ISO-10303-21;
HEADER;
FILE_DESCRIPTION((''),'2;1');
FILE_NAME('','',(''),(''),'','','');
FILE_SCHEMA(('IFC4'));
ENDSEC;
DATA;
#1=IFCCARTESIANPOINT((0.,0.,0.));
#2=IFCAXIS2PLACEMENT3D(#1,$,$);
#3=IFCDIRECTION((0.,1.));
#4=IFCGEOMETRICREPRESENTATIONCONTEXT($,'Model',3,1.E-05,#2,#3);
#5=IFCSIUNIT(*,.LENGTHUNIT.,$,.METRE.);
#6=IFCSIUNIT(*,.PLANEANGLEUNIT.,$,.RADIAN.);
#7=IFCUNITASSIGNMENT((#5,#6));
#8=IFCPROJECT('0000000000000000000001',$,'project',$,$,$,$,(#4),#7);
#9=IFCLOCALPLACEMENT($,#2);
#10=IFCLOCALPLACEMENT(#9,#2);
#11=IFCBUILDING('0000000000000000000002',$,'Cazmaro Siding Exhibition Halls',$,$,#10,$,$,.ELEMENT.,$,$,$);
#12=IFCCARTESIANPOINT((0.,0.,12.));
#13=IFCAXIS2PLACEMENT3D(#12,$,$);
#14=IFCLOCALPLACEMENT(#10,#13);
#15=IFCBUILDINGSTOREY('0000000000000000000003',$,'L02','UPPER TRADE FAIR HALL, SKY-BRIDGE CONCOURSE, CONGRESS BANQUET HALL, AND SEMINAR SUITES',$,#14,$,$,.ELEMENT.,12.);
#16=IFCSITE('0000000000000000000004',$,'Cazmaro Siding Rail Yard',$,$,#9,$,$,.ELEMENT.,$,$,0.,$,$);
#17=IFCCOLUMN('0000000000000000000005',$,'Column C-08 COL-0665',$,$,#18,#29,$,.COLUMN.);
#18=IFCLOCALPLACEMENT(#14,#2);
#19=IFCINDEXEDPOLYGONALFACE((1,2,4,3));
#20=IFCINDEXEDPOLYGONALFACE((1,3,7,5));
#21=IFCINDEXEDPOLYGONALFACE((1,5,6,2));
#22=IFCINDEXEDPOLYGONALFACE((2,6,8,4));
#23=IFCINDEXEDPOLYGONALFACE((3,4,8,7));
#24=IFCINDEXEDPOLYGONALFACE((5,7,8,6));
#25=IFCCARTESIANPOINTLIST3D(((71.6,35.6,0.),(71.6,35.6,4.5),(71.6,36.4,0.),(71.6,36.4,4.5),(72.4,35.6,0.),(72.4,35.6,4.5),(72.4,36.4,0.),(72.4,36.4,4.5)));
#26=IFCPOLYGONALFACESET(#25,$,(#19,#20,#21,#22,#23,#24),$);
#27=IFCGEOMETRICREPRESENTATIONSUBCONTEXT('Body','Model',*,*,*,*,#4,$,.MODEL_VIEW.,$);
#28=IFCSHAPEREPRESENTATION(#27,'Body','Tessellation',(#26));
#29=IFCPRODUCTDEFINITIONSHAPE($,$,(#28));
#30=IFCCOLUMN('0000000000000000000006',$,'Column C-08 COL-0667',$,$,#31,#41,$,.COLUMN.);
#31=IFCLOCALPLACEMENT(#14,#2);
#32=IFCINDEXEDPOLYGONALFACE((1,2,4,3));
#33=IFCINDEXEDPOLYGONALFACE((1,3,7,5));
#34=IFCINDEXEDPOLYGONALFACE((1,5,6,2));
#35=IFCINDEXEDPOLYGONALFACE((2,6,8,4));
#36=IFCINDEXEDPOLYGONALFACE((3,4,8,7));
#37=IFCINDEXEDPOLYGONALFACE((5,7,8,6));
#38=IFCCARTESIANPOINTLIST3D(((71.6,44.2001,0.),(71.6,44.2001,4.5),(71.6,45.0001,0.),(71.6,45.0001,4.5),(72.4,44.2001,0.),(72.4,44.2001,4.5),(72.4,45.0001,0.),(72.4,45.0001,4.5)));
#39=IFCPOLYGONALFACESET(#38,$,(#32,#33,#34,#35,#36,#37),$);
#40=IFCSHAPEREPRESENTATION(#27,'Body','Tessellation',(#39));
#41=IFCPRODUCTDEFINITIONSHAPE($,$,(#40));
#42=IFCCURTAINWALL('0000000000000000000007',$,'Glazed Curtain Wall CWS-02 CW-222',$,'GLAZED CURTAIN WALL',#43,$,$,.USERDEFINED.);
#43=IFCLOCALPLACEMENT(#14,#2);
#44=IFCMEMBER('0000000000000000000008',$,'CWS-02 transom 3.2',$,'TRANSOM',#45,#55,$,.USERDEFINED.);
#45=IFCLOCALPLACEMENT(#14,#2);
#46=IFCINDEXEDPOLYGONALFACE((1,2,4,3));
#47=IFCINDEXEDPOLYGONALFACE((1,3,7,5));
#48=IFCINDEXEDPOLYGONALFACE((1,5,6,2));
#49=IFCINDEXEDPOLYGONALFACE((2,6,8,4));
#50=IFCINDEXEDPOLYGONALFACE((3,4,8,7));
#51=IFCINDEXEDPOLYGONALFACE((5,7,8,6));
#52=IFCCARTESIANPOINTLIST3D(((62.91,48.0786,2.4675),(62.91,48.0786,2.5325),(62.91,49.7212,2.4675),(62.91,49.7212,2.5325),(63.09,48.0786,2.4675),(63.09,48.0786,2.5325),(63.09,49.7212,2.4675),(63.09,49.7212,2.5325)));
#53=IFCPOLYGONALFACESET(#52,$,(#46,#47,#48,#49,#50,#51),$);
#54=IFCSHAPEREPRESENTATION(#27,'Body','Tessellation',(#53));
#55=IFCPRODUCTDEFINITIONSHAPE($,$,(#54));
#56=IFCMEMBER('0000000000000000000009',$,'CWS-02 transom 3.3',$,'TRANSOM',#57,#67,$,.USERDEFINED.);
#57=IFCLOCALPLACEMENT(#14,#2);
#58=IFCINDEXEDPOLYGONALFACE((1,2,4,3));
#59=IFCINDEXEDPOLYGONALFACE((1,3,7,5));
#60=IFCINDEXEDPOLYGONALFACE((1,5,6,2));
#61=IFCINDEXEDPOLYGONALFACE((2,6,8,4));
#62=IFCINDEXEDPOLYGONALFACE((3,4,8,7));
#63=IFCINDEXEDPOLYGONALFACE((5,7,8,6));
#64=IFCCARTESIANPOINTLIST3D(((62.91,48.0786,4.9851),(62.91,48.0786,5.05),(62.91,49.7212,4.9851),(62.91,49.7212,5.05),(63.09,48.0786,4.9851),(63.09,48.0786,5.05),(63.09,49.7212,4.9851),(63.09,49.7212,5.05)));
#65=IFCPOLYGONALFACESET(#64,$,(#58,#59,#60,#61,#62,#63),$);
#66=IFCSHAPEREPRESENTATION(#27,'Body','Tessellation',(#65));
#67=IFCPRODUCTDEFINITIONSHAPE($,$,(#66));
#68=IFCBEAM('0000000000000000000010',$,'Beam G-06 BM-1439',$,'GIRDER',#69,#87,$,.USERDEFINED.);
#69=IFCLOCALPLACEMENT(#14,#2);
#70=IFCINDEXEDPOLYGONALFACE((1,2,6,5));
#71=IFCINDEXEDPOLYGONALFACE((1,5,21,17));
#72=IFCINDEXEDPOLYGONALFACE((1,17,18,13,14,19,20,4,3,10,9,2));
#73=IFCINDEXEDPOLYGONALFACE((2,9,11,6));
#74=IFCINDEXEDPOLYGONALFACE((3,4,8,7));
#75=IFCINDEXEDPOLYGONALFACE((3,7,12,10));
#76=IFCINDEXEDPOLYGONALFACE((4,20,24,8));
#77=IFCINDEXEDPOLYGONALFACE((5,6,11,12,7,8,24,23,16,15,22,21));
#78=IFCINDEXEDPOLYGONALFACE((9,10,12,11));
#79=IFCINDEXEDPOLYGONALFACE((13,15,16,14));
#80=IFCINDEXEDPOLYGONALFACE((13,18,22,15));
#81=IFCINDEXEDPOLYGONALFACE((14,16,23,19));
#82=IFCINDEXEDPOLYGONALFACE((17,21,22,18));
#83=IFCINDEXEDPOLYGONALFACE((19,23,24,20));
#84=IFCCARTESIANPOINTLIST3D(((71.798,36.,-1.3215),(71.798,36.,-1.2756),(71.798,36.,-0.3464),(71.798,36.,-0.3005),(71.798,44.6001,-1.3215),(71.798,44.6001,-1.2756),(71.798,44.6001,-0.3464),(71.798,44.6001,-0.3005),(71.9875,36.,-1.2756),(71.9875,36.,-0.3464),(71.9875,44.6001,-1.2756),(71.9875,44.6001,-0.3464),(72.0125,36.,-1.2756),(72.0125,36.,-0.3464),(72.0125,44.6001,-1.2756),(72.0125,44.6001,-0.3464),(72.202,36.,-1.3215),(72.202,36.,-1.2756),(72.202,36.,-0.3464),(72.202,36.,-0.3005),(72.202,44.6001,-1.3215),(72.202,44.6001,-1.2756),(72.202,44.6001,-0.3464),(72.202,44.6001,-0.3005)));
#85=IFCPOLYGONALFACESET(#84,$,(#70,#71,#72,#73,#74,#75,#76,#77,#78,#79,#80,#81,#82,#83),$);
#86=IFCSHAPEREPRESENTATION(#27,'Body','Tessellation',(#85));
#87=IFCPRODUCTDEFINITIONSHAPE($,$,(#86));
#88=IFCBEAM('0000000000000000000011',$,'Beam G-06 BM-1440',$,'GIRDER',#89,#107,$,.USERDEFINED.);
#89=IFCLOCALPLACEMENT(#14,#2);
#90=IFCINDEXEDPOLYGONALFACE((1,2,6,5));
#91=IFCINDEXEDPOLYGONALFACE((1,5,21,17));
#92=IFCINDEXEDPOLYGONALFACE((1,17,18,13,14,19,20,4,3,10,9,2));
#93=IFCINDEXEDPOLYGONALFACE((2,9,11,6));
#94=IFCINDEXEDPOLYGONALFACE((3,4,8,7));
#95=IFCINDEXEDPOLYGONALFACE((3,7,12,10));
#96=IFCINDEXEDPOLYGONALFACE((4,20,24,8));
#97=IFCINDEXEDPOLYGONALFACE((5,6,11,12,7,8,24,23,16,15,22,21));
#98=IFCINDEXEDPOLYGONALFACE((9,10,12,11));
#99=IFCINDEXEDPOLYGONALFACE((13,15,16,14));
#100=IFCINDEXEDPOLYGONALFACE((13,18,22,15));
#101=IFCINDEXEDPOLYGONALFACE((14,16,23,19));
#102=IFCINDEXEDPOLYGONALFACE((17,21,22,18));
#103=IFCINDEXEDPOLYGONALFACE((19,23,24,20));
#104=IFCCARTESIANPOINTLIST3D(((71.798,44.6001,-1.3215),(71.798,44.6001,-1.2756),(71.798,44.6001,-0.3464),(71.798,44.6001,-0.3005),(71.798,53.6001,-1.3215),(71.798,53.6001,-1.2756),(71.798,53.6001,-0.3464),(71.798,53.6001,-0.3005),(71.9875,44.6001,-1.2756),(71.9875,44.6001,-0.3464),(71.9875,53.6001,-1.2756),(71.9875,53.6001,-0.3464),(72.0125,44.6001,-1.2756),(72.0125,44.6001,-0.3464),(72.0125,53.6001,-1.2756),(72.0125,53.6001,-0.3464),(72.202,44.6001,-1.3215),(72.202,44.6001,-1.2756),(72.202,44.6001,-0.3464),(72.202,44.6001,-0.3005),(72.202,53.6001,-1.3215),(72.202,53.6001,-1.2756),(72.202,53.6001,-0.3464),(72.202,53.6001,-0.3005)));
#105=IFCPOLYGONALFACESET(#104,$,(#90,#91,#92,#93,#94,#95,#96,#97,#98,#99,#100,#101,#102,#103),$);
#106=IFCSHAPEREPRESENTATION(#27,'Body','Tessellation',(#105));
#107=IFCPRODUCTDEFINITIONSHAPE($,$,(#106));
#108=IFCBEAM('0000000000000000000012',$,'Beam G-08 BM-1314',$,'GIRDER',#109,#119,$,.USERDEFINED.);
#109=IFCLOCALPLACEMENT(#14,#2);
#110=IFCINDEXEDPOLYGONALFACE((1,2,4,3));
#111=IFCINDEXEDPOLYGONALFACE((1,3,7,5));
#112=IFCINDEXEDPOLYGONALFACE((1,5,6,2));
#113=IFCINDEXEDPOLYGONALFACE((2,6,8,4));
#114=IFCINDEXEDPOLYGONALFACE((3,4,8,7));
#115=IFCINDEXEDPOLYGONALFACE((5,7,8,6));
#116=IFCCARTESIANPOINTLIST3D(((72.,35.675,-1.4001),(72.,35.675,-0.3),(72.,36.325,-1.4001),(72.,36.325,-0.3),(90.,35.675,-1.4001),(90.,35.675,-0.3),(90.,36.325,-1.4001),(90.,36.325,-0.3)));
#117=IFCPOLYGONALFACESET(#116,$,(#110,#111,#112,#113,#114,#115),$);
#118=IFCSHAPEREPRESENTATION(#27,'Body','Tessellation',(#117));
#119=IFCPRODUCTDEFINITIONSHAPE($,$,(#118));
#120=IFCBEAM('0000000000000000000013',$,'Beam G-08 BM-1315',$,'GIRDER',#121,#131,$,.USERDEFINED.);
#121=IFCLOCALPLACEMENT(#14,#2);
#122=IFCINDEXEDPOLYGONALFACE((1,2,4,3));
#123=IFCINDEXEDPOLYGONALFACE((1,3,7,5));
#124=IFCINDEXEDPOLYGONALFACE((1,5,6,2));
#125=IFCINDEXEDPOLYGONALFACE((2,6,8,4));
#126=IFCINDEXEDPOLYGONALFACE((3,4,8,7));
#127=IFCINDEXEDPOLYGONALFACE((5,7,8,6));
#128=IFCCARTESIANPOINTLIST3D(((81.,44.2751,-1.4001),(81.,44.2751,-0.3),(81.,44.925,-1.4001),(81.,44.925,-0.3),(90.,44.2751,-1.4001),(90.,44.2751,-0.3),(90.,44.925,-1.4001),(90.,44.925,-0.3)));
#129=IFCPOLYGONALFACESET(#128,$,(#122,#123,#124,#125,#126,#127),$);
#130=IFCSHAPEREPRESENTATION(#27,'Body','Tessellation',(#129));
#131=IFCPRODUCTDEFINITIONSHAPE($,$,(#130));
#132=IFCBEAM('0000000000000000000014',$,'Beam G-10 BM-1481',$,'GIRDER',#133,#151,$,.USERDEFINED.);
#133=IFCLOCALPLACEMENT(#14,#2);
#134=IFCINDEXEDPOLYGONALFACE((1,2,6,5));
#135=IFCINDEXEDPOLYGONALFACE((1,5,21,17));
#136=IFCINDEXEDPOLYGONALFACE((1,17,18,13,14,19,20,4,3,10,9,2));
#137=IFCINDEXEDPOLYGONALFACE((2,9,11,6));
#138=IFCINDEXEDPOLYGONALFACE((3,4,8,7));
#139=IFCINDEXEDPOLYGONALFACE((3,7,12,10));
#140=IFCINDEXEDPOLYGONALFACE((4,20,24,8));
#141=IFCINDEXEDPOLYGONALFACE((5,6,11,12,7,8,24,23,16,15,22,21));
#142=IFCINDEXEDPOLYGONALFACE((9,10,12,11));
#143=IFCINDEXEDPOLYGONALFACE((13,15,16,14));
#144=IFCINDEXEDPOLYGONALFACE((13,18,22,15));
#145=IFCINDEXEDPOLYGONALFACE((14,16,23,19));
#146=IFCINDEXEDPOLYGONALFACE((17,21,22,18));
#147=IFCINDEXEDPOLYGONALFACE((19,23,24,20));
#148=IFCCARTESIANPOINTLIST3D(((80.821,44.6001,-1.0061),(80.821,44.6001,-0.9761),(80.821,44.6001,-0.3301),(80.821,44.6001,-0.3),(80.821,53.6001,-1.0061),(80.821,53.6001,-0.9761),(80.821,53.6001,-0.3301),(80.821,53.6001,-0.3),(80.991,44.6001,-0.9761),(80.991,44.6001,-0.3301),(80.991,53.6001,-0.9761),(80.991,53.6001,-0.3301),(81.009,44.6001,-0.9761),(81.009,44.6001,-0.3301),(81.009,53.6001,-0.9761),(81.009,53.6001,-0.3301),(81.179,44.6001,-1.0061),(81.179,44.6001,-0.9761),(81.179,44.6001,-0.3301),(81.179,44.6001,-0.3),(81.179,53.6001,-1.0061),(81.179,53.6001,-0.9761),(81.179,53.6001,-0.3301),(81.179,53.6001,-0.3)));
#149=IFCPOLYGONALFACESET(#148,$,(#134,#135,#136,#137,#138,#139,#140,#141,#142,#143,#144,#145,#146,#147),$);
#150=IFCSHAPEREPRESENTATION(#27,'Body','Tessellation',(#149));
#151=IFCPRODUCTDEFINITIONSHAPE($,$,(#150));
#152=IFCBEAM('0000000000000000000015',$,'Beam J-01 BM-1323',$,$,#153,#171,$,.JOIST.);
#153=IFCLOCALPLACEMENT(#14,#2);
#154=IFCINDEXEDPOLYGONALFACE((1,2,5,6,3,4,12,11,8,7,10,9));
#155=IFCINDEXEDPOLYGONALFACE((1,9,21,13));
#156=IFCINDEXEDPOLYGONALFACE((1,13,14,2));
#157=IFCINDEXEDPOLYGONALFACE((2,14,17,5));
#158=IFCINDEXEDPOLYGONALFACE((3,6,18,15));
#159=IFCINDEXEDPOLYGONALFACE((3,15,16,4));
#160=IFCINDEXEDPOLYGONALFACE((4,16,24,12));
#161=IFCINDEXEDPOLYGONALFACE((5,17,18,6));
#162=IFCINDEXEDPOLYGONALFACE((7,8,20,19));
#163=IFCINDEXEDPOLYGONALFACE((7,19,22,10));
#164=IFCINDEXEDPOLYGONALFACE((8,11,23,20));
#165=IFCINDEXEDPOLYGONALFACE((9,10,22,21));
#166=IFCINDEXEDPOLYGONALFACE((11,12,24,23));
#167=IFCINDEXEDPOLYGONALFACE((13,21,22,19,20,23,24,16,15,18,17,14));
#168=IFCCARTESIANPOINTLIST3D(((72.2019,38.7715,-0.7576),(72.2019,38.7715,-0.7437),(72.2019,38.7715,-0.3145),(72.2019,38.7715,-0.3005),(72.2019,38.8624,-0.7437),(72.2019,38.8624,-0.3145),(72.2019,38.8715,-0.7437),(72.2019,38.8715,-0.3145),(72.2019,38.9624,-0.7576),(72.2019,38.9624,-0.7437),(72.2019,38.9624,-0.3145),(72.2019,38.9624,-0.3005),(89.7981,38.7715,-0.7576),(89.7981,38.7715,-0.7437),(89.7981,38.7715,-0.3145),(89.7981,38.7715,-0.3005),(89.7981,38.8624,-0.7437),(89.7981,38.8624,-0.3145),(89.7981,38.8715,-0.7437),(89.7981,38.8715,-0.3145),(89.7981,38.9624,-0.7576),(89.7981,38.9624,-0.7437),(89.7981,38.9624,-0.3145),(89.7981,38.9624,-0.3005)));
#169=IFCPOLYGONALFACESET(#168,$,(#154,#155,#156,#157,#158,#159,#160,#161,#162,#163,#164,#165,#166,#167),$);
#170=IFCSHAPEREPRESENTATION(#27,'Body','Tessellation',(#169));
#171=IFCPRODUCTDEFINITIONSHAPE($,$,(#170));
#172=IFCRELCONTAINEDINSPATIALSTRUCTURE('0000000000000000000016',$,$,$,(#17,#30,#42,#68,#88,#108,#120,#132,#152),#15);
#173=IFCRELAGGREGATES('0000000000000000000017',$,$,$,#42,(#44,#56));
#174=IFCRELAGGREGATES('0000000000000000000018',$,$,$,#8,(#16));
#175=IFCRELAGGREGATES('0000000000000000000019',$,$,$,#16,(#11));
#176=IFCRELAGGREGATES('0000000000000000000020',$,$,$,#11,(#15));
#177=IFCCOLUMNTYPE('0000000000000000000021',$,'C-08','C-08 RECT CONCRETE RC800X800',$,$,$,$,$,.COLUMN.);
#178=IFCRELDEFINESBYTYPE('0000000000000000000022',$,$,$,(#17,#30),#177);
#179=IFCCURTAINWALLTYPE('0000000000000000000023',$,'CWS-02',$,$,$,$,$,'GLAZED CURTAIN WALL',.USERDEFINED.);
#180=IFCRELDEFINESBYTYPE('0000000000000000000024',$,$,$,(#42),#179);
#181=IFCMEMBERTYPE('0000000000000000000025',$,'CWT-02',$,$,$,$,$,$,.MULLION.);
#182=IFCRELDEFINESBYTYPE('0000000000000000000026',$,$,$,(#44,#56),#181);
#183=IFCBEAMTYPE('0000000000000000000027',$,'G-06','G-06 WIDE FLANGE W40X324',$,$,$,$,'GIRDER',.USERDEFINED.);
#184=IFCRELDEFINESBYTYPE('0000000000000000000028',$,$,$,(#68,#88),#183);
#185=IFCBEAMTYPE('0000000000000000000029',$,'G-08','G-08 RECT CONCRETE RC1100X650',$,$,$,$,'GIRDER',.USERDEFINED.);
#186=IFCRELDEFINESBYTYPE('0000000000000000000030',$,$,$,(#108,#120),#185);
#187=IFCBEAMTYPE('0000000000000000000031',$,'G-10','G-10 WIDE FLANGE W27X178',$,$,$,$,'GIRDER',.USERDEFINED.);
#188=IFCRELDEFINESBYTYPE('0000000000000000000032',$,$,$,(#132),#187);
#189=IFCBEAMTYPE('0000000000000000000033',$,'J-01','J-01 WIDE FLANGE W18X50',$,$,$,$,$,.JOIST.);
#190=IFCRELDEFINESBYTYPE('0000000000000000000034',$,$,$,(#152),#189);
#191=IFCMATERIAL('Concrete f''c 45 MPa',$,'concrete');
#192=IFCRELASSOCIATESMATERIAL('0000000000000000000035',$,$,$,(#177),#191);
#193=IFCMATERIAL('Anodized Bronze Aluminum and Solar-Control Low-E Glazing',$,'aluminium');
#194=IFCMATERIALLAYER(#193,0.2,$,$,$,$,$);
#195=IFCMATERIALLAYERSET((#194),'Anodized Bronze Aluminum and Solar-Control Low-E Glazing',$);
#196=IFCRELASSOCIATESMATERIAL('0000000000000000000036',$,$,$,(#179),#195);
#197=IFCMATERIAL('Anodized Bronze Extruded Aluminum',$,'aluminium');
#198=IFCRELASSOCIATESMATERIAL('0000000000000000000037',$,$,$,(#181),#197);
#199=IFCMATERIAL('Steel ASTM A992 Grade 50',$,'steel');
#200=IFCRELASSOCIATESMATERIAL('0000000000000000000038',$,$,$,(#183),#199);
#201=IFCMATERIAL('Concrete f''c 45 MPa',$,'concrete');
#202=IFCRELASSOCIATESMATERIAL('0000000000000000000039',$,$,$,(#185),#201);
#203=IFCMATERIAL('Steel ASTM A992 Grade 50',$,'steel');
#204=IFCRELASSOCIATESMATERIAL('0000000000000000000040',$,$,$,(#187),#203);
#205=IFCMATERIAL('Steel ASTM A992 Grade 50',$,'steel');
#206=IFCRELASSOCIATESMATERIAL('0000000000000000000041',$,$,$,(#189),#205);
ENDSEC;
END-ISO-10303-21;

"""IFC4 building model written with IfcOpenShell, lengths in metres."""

from ifc_helpers import new_model, si_unit, direction, frame, origin, origin_2d, place, context, subcontext, project, spatial, rectangle, i_section, extrude, material, layer, layer_set, material_profile, profile_set, type_object, element, aggregate, save


model = new_model("IFC4")

# Units and contexts
model_context = context("Model", 3, precision=1e-05, world=origin(), true_north=direction((0.0, 1.0)))
body_context = subcontext(model_context, "Body", "Model", "MODEL_VIEW")
ifc_project = project(units=[si_unit("LENGTHUNIT", "METRE"), si_unit("PLANEANGLEUNIT", "RADIAN")], contexts=[model_context])

# Site, building, storey
site_placement = place(None, origin())
site = spatial("IfcSite", under=ifc_project, at=site_placement, Name="Cazmaro Siding Rail Yard", CompositionType="ELEMENT", RefElevation=0.0)
building_placement = place(site_placement, origin())
building = spatial("IfcBuilding", under=site, at=building_placement, Name="Cazmaro Siding Exhibition Halls", CompositionType="ELEMENT")
storey_placement = place(building_placement, frame((0.0, 0.0, 12.0)))
storey = spatial("IfcBuildingStorey", under=building, at=storey_placement, Name="L02", Description="UPPER TRADE FAIR HALL, SKY-BRIDGE CONCOURSE, CONGRESS BANQUET HALL, AND SEMINAR SUITES", CompositionType="ELEMENT", Elevation=12.0)

# Columns
ifc_material_1 = material(Name="Concrete f'c 45 MPa", Category="concrete")
ifc_material_profile_1 = material_profile(ifc_material_1, rectangle(XDim=0.8, YDim=0.8, at=origin_2d()), Name="RC800X800")
ifc_profile_set_1 = profile_set([ifc_material_profile_1], Name="Concrete f'c 45 MPa")
column_type = type_object("IfcColumnType", Name="C-08", Description="C-08 RECT CONCRETE RC800X800", PredefinedType="COLUMN", material=ifc_profile_set_1)
for number, where, z_axis, x_axis, name in (
    (1, (72.0, 36.0, 0.0), (0.0, 0.0, 1.0), (1.0, 0.0, 0.0), "Column C-08 COL-0665"),
    (2, (72.0, 44.6001, 0.0), (0.0, 0.0, 1.0), (1.0, 0.0, 0.0), "Column C-08 COL-0667"),
):
    element("IfcColumn", number, at=place(storey_placement, frame(where, z_axis=z_axis, x_axis=x_axis)), inside=storey, type_object=column_type, Name=name, PredefinedType="COLUMN", context=body_context, shape_type="SweptSolid", body=[
        extrude(rectangle(XDim=0.8, YDim=0.8, at=origin_2d()), origin(), (0.0, 0.0, 1.0), 4.5),
    ])

# Curtain wall, members
ifc_material_2 = material(Name="Anodized Bronze Aluminum and Solar-Control Low-E Glazing", Category="aluminium")
ifc_layer_1 = layer(ifc_material_2, 0.2)
ifc_layer_set_1 = layer_set([ifc_layer_1], Name="Anodized Bronze Aluminum and Solar-Control Low-E Glazing")
curtain_wall_type = type_object("IfcCurtainWallType", Name="CWS-02", ElementType="GLAZED CURTAIN WALL", PredefinedType="USERDEFINED", material=ifc_layer_set_1)
curtain_wall_placement = place(storey_placement, origin())
curtain_wall = element("IfcCurtainWall", 3, at=curtain_wall_placement, inside=storey, type_object=curtain_wall_type, Name="Glazed Curtain Wall CWS-02 CW-222", ObjectType="GLAZED CURTAIN WALL", PredefinedType="USERDEFINED")
ifc_material_3 = material(Name="Anodized Bronze Extruded Aluminum", Category="aluminium")
ifc_material_profile_2 = material_profile(ifc_material_3, rectangle(XDim=0.1799, YDim=0.0649, at=origin_2d()), Name="CWT-02")
ifc_profile_set_2 = profile_set([ifc_material_profile_2], Name="Anodized Bronze Extruded Aluminum")
member_type = type_object("IfcMemberType", Name="CWT-02", PredefinedType="MULLION", material=ifc_profile_set_2)
member_1_placement = place(storey_placement, frame((63.0, 48.0786, 2.5), z_axis=(0.0, 1.0, 0.0), x_axis=(-1.0, 0.0, 0.0)))
member_1 = element("IfcMember", 4, at=member_1_placement, type_object=member_type, Name="CWS-02 transom 3.2", ObjectType="TRANSOM", PredefinedType="USERDEFINED", context=body_context, shape_type="SweptSolid", body=[
    extrude(rectangle(XDim=0.1799, YDim=0.0649, at=origin_2d()), origin(), (0.0, 0.0, 1.0), 1.6426),
])
member_2_placement = place(storey_placement, frame((63.0, 48.0786, 5.0176), z_axis=(0.0, 1.0, 0.0), x_axis=(-1.0, 0.0, 0.0)))
member_2 = element("IfcMember", 5, at=member_2_placement, type_object=member_type, Name="CWS-02 transom 3.3", ObjectType="TRANSOM", PredefinedType="USERDEFINED", context=body_context, shape_type="SweptSolid", body=[
    extrude(rectangle(XDim=0.1799, YDim=0.0649, at=origin_2d()), origin(), (0.0, 0.0, 1.0), 1.6426),
])

# Beams
ifc_material_4 = material(Name="Steel ASTM A992 Grade 50", Category="steel")
ifc_material_profile_3 = material_profile(ifc_material_4, i_section(OverallWidth=0.4041, OverallDepth=1.021, WebThickness=0.0249, FlangeThickness=0.0459, at=origin_2d()), Name="W40X324")
ifc_profile_set_3 = profile_set([ifc_material_profile_3], Name="Steel ASTM A992 Grade 50")
beam_type_1 = type_object("IfcBeamType", Name="G-06", Description="G-06 WIDE FLANGE W40X324", ElementType="GIRDER", PredefinedType="USERDEFINED", material=ifc_profile_set_3)
beam_1_placement = place(storey_placement, frame((72.0, 36.0, -0.811), z_axis=(0.0, 1.0, 0.0), x_axis=(-1.0, 0.0, 0.0)))
element("IfcBeam", 6, at=beam_1_placement, inside=storey, type_object=beam_type_1, Name="Beam G-06 BM-1439", ObjectType="GIRDER", PredefinedType="USERDEFINED", context=body_context, shape_type="SweptSolid", body=[
    extrude(i_section(OverallWidth=0.4041, OverallDepth=1.021, WebThickness=0.0249, FlangeThickness=0.0459, at=origin_2d()), origin(), (0.0, 0.0, 1.0), 8.6001),
])
beam_2_placement = place(storey_placement, frame((72.0, 44.6001, -0.811), z_axis=(0.0, 1.0, 0.0), x_axis=(-1.0, 0.0, 0.0)))
element("IfcBeam", 7, at=beam_2_placement, inside=storey, type_object=beam_type_1, Name="Beam G-06 BM-1440", ObjectType="GIRDER", PredefinedType="USERDEFINED", context=body_context, shape_type="SweptSolid", body=[
    extrude(i_section(OverallWidth=0.4041, OverallDepth=1.021, WebThickness=0.0249, FlangeThickness=0.0459, at=origin_2d()), origin(), (0.0, 0.0, 1.0), 9.0),
])
ifc_material_5 = material(Name="Concrete f'c 45 MPa", Category="concrete")
ifc_material_profile_4 = material_profile(ifc_material_5, rectangle(XDim=0.6499, YDim=1.1001, at=origin_2d()), Name="RC1100X650")
ifc_profile_set_4 = profile_set([ifc_material_profile_4], Name="Concrete f'c 45 MPa")
beam_type_2 = type_object("IfcBeamType", Name="G-08", Description="G-08 RECT CONCRETE RC1100X650", ElementType="GIRDER", PredefinedType="USERDEFINED", material=ifc_profile_set_4)
beam_3_placement = place(storey_placement, frame((72.0, 36.0, -0.8501), z_axis=(1.0, 0.0, 0.0), x_axis=(0.0, 1.0, 0.0)))
element("IfcBeam", 8, at=beam_3_placement, inside=storey, type_object=beam_type_2, Name="Beam G-08 BM-1314", ObjectType="GIRDER", PredefinedType="USERDEFINED", context=body_context, shape_type="SweptSolid", body=[
    extrude(rectangle(XDim=0.6499, YDim=1.1001, at=origin_2d()), origin(), (0.0, 0.0, 1.0), 18.0),
])
beam_4_placement = place(storey_placement, frame((81.0, 44.6001, -0.8501), z_axis=(1.0, 0.0, 0.0), x_axis=(0.0, 1.0, 0.0)))
element("IfcBeam", 9, at=beam_4_placement, inside=storey, type_object=beam_type_2, Name="Beam G-08 BM-1315", ObjectType="GIRDER", PredefinedType="USERDEFINED", context=body_context, shape_type="SweptSolid", body=[
    extrude(rectangle(XDim=0.6499, YDim=1.1001, at=origin_2d()), origin(), (0.0, 0.0, 1.0), 9.0),
])
ifc_material_6 = material(Name="Steel ASTM A992 Grade 50", Category="steel")
ifc_material_profile_5 = material_profile(ifc_material_6, i_section(OverallWidth=0.3579, OverallDepth=0.7061, WebThickness=0.0181, FlangeThickness=0.03, at=origin_2d()), Name="W27X178")
ifc_profile_set_5 = profile_set([ifc_material_profile_5], Name="Steel ASTM A992 Grade 50")
beam_type_3 = type_object("IfcBeamType", Name="G-10", Description="G-10 WIDE FLANGE W27X178", ElementType="GIRDER", PredefinedType="USERDEFINED", material=ifc_profile_set_5)
beam_5_placement = place(storey_placement, frame((81.0, 44.6001, -0.6531), z_axis=(0.0, 1.0, 0.0), x_axis=(-1.0, 0.0, 0.0)))
element("IfcBeam", 10, at=beam_5_placement, inside=storey, type_object=beam_type_3, Name="Beam G-10 BM-1481", ObjectType="GIRDER", PredefinedType="USERDEFINED", context=body_context, shape_type="SweptSolid", body=[
    extrude(i_section(OverallWidth=0.3579, OverallDepth=0.7061, WebThickness=0.0181, FlangeThickness=0.03, at=origin_2d()), origin(), (0.0, 0.0, 1.0), 9.0),
])
ifc_material_7 = material(Name="Steel ASTM A992 Grade 50", Category="steel")
ifc_material_profile_6 = material_profile(ifc_material_7, i_section(OverallWidth=0.1909, OverallDepth=0.457, WebThickness=0.009, FlangeThickness=0.0139, at=origin_2d()), Name="W18X50")
ifc_profile_set_6 = profile_set([ifc_material_profile_6], Name="Steel ASTM A992 Grade 50")
beam_type_4 = type_object("IfcBeamType", Name="J-01", Description="J-01 WIDE FLANGE W18X50", PredefinedType="JOIST", material=ifc_profile_set_6)
for number, where, z_axis, x_axis, name in (
    (11, (72.2019, 38.8669, -0.5291), (1.0, 0.0, 0.0), (0.0, 1.0, 0.0), "Beam J-01 BM-1323"),
):
    element("IfcBeam", number, at=place(storey_placement, frame(where, z_axis=z_axis, x_axis=x_axis)), inside=storey, type_object=beam_type_4, Name=name, PredefinedType="JOIST", context=body_context, shape_type="SweptSolid", body=[
        extrude(i_section(OverallWidth=0.1909, OverallDepth=0.457, WebThickness=0.009, FlangeThickness=0.0139, at=origin_2d()), origin(), (0.0, 0.0, 1.0), 17.5962),
    ])

aggregate(curtain_wall, [member_1, member_2])

save(model, "model.ifc")
